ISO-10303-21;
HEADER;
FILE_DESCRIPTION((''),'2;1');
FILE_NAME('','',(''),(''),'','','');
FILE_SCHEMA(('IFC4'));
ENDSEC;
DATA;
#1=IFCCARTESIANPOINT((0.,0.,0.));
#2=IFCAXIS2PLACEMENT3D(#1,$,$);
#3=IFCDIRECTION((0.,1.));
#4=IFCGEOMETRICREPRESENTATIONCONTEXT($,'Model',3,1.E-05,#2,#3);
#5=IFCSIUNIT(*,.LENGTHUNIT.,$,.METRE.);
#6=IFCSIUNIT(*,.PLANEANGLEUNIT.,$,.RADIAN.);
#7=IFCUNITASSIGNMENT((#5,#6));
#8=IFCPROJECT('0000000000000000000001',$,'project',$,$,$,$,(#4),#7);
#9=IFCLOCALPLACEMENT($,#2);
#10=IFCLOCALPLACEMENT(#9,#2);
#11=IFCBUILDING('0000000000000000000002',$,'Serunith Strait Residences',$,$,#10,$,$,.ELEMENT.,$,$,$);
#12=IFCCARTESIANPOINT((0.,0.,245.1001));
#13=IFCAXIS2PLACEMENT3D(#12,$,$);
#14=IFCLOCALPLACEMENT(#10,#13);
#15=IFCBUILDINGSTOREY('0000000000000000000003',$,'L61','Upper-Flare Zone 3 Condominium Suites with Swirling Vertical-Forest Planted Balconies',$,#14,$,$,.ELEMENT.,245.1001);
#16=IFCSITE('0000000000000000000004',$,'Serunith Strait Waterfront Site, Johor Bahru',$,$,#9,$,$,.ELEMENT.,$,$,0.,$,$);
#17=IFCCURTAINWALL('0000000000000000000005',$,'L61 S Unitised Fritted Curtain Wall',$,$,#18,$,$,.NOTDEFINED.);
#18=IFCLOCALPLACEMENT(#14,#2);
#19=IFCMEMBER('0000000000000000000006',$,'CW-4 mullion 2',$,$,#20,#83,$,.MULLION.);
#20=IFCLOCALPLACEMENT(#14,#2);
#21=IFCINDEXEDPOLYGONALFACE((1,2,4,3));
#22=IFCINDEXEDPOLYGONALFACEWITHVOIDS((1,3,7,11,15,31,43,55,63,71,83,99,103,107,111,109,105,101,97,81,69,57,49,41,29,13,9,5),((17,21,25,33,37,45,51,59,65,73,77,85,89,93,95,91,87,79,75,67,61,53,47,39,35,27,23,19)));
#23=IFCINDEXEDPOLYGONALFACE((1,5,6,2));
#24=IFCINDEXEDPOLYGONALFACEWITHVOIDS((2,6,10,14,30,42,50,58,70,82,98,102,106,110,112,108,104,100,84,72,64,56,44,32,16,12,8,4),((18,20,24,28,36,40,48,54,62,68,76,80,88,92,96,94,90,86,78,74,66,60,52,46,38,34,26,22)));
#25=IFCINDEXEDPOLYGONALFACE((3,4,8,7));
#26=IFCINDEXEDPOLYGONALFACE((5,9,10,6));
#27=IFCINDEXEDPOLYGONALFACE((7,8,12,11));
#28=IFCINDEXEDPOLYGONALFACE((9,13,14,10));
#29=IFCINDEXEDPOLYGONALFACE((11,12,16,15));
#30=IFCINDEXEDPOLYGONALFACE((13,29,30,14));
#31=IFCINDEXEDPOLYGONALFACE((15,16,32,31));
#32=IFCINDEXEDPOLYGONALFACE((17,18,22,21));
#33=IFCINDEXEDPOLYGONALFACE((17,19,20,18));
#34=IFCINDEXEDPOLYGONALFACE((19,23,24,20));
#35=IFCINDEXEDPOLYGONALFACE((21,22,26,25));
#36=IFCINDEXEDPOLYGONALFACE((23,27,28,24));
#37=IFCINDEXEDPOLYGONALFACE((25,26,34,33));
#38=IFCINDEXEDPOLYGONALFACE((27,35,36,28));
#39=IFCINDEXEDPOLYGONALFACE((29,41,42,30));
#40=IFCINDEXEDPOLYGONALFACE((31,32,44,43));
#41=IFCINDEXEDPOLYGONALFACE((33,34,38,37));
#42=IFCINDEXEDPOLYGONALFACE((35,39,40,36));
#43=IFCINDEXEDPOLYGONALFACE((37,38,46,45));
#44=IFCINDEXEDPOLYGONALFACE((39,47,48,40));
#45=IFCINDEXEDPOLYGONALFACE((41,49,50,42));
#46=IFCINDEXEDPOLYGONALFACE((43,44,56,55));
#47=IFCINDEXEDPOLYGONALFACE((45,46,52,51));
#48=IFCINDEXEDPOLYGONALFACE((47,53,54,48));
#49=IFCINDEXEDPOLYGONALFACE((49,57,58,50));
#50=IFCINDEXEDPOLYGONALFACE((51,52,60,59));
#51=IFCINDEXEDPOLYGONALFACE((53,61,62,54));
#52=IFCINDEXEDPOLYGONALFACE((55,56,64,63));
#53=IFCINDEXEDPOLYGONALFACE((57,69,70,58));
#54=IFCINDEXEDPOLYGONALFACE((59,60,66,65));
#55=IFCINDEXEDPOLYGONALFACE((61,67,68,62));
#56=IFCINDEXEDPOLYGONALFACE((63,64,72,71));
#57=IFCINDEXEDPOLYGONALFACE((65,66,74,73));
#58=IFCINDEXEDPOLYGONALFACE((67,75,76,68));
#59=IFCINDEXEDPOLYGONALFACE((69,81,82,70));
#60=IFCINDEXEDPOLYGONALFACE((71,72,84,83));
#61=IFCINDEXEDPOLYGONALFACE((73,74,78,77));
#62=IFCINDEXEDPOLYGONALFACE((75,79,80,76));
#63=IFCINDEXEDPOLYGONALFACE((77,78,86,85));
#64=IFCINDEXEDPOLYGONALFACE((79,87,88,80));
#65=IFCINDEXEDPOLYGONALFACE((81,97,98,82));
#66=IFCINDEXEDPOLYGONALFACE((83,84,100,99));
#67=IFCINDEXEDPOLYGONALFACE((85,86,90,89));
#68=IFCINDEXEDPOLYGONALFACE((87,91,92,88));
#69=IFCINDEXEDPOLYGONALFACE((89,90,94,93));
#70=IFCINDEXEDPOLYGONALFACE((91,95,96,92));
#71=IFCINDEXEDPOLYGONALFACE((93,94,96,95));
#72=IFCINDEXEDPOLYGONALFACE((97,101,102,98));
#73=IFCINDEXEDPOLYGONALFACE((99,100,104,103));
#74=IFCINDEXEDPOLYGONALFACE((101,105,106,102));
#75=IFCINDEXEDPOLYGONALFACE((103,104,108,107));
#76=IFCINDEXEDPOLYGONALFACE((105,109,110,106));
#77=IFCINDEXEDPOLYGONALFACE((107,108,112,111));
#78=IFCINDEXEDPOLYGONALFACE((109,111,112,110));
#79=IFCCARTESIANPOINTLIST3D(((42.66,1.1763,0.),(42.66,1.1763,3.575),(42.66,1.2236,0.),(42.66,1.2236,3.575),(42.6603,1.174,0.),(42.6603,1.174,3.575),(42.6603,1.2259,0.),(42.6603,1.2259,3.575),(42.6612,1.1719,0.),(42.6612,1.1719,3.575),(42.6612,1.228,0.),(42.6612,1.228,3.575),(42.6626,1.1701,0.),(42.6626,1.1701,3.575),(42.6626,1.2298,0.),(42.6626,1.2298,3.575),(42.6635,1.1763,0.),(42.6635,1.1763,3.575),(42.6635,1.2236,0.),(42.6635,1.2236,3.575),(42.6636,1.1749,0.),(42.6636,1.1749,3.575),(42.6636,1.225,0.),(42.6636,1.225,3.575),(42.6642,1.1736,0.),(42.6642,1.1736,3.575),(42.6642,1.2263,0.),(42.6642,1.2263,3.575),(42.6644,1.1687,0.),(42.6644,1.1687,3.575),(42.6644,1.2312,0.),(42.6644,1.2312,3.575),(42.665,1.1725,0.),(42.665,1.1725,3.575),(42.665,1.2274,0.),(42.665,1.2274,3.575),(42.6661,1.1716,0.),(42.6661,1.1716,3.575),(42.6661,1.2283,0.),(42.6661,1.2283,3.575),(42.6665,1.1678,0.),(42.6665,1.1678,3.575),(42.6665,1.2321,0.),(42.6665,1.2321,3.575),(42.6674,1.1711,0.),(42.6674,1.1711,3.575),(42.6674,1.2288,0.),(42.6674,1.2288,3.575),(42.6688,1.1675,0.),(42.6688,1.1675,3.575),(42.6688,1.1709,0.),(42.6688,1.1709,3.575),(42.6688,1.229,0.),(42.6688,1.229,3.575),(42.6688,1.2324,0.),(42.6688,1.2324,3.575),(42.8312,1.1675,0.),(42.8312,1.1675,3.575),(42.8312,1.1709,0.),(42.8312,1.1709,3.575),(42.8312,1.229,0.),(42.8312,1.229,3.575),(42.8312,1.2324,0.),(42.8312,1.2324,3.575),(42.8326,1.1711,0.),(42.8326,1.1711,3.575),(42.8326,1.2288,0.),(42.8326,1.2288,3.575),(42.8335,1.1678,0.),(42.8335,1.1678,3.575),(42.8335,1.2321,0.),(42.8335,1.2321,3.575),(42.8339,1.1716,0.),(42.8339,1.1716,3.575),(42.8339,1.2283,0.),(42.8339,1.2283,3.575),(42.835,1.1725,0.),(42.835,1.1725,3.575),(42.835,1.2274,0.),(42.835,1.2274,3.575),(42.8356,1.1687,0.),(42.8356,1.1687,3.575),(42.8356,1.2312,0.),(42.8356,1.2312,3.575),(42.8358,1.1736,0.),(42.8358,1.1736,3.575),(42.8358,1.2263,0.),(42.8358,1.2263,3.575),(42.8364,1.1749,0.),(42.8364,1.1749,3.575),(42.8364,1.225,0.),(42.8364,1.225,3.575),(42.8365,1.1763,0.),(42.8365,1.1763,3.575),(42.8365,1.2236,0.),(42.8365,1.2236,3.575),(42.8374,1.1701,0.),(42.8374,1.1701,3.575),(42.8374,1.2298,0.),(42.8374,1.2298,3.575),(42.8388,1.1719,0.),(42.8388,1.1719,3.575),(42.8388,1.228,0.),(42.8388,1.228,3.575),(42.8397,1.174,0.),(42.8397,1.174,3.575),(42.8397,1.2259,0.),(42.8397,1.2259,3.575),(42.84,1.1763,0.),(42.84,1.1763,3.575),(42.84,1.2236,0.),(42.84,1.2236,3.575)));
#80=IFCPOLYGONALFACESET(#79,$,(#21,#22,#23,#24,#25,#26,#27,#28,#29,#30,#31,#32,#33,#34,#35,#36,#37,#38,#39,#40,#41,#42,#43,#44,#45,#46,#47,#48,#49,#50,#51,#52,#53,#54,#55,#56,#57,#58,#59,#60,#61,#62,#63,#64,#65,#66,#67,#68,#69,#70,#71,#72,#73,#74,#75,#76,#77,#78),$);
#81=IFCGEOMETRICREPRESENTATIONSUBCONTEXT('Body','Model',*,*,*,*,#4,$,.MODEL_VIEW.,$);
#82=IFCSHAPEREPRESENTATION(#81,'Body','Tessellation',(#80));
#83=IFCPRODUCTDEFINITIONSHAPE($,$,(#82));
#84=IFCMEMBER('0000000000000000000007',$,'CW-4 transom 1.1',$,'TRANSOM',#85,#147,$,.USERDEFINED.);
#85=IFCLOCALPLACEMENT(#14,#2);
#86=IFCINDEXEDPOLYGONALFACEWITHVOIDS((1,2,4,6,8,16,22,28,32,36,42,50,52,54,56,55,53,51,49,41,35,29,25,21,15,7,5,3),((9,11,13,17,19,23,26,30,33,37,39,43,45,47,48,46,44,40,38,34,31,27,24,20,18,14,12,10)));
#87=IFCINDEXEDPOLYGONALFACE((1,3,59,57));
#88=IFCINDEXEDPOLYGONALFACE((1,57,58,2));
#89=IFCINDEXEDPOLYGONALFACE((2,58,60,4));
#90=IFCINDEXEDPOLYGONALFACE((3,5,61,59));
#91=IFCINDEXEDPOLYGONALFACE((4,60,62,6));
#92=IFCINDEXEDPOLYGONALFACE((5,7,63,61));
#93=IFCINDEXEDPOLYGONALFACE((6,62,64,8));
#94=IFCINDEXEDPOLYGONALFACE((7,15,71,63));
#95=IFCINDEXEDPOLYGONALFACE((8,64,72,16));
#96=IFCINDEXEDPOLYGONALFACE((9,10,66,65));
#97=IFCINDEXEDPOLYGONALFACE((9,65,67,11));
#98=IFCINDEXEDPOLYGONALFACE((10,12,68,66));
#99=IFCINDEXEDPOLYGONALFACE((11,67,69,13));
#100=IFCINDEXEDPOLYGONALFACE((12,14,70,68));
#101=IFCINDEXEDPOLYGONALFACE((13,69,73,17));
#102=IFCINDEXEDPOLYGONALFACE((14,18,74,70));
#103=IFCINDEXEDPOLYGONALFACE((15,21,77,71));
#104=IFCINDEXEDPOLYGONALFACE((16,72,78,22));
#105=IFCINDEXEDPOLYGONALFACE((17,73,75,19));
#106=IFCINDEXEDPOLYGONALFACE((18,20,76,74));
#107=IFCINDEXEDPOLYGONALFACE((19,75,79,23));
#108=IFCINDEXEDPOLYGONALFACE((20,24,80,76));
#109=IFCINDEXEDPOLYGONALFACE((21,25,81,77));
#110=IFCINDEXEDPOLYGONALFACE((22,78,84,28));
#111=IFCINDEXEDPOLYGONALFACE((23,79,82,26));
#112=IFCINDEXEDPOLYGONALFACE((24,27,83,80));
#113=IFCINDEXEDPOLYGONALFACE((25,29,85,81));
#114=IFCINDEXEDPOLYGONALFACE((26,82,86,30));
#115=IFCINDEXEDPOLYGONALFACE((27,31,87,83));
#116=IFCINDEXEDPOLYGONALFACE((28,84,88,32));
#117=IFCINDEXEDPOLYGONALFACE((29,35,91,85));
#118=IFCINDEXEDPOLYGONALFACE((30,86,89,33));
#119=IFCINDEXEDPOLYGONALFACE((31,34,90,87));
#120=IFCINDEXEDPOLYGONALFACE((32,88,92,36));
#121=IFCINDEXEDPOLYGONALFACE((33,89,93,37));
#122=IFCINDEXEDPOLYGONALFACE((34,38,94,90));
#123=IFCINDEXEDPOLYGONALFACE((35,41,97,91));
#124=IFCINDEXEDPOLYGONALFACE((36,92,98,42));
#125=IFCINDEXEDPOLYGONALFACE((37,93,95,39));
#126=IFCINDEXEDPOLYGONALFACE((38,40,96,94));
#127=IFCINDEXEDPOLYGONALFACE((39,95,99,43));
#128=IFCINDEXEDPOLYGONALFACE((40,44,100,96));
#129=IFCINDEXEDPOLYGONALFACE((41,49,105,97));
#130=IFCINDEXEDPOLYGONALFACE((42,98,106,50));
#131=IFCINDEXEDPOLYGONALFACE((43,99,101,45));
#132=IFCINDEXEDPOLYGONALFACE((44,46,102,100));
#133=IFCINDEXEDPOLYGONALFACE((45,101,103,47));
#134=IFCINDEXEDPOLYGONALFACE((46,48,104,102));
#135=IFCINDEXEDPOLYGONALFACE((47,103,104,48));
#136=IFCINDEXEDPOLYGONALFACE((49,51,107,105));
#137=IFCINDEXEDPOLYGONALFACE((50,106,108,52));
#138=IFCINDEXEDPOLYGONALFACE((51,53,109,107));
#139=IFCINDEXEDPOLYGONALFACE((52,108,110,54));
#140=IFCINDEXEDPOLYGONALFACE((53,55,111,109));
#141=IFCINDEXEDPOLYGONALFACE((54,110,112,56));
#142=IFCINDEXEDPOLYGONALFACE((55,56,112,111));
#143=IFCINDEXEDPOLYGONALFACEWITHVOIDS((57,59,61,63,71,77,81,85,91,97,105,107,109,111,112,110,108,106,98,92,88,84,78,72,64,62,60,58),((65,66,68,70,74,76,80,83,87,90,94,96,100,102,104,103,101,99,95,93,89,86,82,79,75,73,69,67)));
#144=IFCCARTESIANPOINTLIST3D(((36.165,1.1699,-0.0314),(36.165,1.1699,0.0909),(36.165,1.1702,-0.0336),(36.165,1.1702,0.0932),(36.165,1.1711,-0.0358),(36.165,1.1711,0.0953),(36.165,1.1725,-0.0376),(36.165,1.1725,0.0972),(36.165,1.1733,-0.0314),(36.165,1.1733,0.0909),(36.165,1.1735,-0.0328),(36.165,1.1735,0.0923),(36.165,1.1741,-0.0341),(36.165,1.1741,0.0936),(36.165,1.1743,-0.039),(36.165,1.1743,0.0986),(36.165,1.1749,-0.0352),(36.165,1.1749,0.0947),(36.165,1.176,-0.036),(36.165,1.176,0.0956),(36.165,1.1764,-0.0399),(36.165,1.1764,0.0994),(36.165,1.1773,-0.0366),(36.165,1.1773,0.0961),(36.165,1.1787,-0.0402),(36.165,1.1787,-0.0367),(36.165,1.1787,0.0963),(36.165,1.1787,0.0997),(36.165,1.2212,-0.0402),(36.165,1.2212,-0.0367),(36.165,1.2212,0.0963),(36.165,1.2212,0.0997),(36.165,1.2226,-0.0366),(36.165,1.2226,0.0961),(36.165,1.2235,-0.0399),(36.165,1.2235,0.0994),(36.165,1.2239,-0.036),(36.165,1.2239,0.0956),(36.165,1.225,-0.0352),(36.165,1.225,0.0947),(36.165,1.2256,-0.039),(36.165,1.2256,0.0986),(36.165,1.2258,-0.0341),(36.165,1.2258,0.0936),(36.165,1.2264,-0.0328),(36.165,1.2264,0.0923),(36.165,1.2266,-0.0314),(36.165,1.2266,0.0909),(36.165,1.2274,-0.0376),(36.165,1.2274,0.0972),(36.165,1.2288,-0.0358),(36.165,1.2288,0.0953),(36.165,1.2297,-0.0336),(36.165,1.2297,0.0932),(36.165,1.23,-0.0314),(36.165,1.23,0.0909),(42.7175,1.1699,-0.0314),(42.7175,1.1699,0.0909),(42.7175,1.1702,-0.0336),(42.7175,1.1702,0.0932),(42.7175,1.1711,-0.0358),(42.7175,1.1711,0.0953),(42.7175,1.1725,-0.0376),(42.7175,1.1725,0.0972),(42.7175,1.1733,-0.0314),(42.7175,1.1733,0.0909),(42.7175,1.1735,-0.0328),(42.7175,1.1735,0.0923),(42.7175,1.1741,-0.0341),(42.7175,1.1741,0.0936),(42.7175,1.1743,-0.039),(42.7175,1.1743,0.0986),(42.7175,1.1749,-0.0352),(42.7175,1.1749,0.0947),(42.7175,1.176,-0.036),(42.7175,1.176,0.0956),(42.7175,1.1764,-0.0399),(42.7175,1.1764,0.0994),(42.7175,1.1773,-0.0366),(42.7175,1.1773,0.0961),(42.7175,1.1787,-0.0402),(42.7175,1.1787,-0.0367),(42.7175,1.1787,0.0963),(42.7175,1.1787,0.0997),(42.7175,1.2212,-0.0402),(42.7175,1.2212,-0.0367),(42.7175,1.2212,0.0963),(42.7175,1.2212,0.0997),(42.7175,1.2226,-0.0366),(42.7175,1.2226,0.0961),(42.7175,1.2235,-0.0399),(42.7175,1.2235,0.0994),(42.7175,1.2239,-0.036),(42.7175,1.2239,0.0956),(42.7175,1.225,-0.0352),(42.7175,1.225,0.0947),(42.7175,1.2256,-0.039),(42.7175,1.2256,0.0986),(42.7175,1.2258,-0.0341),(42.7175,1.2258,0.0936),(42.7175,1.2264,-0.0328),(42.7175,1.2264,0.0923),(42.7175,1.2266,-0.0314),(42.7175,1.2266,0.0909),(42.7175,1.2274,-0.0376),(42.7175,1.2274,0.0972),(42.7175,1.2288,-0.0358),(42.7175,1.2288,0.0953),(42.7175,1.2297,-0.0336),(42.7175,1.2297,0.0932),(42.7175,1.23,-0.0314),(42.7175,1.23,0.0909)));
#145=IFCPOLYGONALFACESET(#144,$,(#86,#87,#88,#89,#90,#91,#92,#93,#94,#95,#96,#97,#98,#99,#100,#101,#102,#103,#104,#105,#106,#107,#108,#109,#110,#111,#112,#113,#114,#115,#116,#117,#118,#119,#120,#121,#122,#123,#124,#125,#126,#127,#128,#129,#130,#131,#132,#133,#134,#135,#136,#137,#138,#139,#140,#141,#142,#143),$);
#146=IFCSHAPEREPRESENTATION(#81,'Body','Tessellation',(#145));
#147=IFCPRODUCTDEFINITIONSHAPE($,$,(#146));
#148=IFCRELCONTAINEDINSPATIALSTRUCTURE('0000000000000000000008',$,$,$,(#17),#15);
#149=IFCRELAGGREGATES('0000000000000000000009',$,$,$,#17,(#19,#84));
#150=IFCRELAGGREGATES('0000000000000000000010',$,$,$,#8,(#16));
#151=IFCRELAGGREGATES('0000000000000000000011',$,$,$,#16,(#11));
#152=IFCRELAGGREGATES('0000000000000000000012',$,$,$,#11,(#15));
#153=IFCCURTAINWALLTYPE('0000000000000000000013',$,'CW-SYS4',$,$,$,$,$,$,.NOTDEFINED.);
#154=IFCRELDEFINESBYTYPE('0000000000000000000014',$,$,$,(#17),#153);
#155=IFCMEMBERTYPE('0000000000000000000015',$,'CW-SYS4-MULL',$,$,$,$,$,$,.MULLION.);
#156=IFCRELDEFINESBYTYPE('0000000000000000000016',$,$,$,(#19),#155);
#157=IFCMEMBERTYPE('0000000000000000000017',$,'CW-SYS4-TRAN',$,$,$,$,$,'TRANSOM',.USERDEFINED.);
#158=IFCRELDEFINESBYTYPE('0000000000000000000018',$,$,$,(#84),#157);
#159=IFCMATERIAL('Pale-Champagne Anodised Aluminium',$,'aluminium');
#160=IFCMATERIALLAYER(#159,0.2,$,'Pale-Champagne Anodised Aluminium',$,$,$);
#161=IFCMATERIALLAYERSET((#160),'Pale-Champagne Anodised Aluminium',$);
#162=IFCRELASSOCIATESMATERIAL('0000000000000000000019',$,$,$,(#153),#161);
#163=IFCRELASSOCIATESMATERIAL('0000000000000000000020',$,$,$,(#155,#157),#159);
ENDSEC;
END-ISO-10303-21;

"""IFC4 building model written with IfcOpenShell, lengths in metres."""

from ifc_helpers import new_model, si_unit, direction, frame, origin, origin_2d, place, context, subcontext, project, spatial, hollow_rectangle, extrude, source, transform, mapped, material, layer, layer_set, material_profile, profile_set, type_object, element, aggregate, save


model = new_model("IFC4")

# Units and contexts
model_context = context("Model", 3, precision=1e-05, world=origin(), true_north=direction((0.0, 1.0)))
body_context = subcontext(model_context, "Body", "Model", "MODEL_VIEW")
ifc_project = project(units=[si_unit("LENGTHUNIT", "METRE"), si_unit("PLANEANGLEUNIT", "RADIAN")], contexts=[model_context])

# Site, building, storey
site_placement = place(None, origin())
site = spatial("IfcSite", under=ifc_project, at=site_placement, Name="Serunith Strait Waterfront Site, Johor Bahru", CompositionType="ELEMENT", RefElevation=0.0)
building_placement = place(site_placement, origin())
building = spatial("IfcBuilding", under=site, at=building_placement, Name="Serunith Strait Residences", CompositionType="ELEMENT")
storey_placement = place(building_placement, frame((0.0, 0.0, 245.1001)))
storey = spatial("IfcBuildingStorey", under=building, at=storey_placement, Name="L61", Description="Upper-Flare Zone 3 Condominium Suites with Swirling Vertical-Forest Planted Balconies", CompositionType="ELEMENT", Elevation=245.1001)

# Shared definitions
ifc_material_1 = material(Name="Pale-Champagne Anodised Aluminium", Category="aluminium")
ifc_layer_1 = layer(ifc_material_1, 0.2, Name="Pale-Champagne Anodised Aluminium")
ifc_layer_set_1 = layer_set([ifc_layer_1], Name="Pale-Champagne Anodised Aluminium")
curtain_wall_type = type_object("IfcCurtainWallType", Name="CW-SYS4", PredefinedType="NOTDEFINED", material=ifc_layer_set_1)
ifc_material_profile_1 = material_profile(ifc_material_1, hollow_rectangle(XDim=0.0649, YDim=0.1799, WallThickness=0.0034, InnerFilletRadius=0.0054, OuterFilletRadius=0.0088, at=origin_2d()), Name="ALU 180x65x3.5")
ifc_profile_set_1 = profile_set([ifc_material_profile_1], Name="Pale-Champagne Anodised Aluminium")
member_type_1 = type_object("IfcMemberType", Name="CW-SYS4-MULL", PredefinedType="MULLION", material=ifc_profile_set_1)
shared_shape_1 = source(origin(), body_context, "Body", "SweptSolid", [
    extrude(hollow_rectangle(XDim=0.0649, YDim=0.1799, WallThickness=0.0034, InnerFilletRadius=0.0054, OuterFilletRadius=0.0088, at=origin_2d()), origin(), (0.0, 0.0, 1.0), 3.575),
])

# Curtain wall, members
curtain_wall_1_placement = place(storey_placement, origin())
curtain_wall_1 = element("IfcCurtainWall", 1, at=curtain_wall_1_placement, inside=storey, type_object=curtain_wall_type, Name="L61 S Unitised Fritted Curtain Wall", PredefinedType="NOTDEFINED")
member_1_placement = place(storey_placement, frame((42.75, 1.2, 0.0), z_axis=(0.0, 0.0, 1.0), x_axis=(0.0, 1.0, 0.0)))
member_1 = element("IfcMember", 2, at=member_1_placement, type_object=member_type_1, Name="CW-4 mullion 2", PredefinedType="MULLION", context=body_context, shape_type="MappedRepresentation", body=[
    mapped(shared_shape_1, transform((0.0, 0.0, 0.0), scale=1.0)),
])
ifc_material_profile_2 = material_profile(ifc_material_1, hollow_rectangle(XDim=0.0601, YDim=0.1399, WallThickness=0.0034, InnerFilletRadius=0.0054, OuterFilletRadius=0.0088, at=origin_2d()), Name="ALU 140x60x3.5")
ifc_profile_set_2 = profile_set([ifc_material_profile_2], Name="Pale-Champagne Anodised Aluminium")
member_type_2 = type_object("IfcMemberType", Name="CW-SYS4-TRAN", ElementType="TRANSOM", PredefinedType="USERDEFINED", material=ifc_profile_set_2)
shared_shape_2 = source(origin(), body_context, "Body", "SweptSolid", [
    extrude(hollow_rectangle(XDim=0.0601, YDim=0.1399, WallThickness=0.0034, InnerFilletRadius=0.0054, OuterFilletRadius=0.0088, at=origin_2d()), origin(), (0.0, 0.0, 1.0), 6.5525),
])
member_2_placement = place(storey_placement, frame((36.165, 1.2, 0.0298), z_axis=(1.0, 0.0, 0.0), x_axis=(0.0, 1.0, 0.0)))
member_2 = element("IfcMember", 3, at=member_2_placement, type_object=member_type_2, Name="CW-4 transom 1.1", ObjectType="TRANSOM", PredefinedType="USERDEFINED", context=body_context, shape_type="MappedRepresentation", body=[
    mapped(shared_shape_2, transform((0.0, 0.0, 0.0), scale=1.0)),
])
aggregate(curtain_wall_1, [member_1, member_2])

save(model, "model.ifc")
